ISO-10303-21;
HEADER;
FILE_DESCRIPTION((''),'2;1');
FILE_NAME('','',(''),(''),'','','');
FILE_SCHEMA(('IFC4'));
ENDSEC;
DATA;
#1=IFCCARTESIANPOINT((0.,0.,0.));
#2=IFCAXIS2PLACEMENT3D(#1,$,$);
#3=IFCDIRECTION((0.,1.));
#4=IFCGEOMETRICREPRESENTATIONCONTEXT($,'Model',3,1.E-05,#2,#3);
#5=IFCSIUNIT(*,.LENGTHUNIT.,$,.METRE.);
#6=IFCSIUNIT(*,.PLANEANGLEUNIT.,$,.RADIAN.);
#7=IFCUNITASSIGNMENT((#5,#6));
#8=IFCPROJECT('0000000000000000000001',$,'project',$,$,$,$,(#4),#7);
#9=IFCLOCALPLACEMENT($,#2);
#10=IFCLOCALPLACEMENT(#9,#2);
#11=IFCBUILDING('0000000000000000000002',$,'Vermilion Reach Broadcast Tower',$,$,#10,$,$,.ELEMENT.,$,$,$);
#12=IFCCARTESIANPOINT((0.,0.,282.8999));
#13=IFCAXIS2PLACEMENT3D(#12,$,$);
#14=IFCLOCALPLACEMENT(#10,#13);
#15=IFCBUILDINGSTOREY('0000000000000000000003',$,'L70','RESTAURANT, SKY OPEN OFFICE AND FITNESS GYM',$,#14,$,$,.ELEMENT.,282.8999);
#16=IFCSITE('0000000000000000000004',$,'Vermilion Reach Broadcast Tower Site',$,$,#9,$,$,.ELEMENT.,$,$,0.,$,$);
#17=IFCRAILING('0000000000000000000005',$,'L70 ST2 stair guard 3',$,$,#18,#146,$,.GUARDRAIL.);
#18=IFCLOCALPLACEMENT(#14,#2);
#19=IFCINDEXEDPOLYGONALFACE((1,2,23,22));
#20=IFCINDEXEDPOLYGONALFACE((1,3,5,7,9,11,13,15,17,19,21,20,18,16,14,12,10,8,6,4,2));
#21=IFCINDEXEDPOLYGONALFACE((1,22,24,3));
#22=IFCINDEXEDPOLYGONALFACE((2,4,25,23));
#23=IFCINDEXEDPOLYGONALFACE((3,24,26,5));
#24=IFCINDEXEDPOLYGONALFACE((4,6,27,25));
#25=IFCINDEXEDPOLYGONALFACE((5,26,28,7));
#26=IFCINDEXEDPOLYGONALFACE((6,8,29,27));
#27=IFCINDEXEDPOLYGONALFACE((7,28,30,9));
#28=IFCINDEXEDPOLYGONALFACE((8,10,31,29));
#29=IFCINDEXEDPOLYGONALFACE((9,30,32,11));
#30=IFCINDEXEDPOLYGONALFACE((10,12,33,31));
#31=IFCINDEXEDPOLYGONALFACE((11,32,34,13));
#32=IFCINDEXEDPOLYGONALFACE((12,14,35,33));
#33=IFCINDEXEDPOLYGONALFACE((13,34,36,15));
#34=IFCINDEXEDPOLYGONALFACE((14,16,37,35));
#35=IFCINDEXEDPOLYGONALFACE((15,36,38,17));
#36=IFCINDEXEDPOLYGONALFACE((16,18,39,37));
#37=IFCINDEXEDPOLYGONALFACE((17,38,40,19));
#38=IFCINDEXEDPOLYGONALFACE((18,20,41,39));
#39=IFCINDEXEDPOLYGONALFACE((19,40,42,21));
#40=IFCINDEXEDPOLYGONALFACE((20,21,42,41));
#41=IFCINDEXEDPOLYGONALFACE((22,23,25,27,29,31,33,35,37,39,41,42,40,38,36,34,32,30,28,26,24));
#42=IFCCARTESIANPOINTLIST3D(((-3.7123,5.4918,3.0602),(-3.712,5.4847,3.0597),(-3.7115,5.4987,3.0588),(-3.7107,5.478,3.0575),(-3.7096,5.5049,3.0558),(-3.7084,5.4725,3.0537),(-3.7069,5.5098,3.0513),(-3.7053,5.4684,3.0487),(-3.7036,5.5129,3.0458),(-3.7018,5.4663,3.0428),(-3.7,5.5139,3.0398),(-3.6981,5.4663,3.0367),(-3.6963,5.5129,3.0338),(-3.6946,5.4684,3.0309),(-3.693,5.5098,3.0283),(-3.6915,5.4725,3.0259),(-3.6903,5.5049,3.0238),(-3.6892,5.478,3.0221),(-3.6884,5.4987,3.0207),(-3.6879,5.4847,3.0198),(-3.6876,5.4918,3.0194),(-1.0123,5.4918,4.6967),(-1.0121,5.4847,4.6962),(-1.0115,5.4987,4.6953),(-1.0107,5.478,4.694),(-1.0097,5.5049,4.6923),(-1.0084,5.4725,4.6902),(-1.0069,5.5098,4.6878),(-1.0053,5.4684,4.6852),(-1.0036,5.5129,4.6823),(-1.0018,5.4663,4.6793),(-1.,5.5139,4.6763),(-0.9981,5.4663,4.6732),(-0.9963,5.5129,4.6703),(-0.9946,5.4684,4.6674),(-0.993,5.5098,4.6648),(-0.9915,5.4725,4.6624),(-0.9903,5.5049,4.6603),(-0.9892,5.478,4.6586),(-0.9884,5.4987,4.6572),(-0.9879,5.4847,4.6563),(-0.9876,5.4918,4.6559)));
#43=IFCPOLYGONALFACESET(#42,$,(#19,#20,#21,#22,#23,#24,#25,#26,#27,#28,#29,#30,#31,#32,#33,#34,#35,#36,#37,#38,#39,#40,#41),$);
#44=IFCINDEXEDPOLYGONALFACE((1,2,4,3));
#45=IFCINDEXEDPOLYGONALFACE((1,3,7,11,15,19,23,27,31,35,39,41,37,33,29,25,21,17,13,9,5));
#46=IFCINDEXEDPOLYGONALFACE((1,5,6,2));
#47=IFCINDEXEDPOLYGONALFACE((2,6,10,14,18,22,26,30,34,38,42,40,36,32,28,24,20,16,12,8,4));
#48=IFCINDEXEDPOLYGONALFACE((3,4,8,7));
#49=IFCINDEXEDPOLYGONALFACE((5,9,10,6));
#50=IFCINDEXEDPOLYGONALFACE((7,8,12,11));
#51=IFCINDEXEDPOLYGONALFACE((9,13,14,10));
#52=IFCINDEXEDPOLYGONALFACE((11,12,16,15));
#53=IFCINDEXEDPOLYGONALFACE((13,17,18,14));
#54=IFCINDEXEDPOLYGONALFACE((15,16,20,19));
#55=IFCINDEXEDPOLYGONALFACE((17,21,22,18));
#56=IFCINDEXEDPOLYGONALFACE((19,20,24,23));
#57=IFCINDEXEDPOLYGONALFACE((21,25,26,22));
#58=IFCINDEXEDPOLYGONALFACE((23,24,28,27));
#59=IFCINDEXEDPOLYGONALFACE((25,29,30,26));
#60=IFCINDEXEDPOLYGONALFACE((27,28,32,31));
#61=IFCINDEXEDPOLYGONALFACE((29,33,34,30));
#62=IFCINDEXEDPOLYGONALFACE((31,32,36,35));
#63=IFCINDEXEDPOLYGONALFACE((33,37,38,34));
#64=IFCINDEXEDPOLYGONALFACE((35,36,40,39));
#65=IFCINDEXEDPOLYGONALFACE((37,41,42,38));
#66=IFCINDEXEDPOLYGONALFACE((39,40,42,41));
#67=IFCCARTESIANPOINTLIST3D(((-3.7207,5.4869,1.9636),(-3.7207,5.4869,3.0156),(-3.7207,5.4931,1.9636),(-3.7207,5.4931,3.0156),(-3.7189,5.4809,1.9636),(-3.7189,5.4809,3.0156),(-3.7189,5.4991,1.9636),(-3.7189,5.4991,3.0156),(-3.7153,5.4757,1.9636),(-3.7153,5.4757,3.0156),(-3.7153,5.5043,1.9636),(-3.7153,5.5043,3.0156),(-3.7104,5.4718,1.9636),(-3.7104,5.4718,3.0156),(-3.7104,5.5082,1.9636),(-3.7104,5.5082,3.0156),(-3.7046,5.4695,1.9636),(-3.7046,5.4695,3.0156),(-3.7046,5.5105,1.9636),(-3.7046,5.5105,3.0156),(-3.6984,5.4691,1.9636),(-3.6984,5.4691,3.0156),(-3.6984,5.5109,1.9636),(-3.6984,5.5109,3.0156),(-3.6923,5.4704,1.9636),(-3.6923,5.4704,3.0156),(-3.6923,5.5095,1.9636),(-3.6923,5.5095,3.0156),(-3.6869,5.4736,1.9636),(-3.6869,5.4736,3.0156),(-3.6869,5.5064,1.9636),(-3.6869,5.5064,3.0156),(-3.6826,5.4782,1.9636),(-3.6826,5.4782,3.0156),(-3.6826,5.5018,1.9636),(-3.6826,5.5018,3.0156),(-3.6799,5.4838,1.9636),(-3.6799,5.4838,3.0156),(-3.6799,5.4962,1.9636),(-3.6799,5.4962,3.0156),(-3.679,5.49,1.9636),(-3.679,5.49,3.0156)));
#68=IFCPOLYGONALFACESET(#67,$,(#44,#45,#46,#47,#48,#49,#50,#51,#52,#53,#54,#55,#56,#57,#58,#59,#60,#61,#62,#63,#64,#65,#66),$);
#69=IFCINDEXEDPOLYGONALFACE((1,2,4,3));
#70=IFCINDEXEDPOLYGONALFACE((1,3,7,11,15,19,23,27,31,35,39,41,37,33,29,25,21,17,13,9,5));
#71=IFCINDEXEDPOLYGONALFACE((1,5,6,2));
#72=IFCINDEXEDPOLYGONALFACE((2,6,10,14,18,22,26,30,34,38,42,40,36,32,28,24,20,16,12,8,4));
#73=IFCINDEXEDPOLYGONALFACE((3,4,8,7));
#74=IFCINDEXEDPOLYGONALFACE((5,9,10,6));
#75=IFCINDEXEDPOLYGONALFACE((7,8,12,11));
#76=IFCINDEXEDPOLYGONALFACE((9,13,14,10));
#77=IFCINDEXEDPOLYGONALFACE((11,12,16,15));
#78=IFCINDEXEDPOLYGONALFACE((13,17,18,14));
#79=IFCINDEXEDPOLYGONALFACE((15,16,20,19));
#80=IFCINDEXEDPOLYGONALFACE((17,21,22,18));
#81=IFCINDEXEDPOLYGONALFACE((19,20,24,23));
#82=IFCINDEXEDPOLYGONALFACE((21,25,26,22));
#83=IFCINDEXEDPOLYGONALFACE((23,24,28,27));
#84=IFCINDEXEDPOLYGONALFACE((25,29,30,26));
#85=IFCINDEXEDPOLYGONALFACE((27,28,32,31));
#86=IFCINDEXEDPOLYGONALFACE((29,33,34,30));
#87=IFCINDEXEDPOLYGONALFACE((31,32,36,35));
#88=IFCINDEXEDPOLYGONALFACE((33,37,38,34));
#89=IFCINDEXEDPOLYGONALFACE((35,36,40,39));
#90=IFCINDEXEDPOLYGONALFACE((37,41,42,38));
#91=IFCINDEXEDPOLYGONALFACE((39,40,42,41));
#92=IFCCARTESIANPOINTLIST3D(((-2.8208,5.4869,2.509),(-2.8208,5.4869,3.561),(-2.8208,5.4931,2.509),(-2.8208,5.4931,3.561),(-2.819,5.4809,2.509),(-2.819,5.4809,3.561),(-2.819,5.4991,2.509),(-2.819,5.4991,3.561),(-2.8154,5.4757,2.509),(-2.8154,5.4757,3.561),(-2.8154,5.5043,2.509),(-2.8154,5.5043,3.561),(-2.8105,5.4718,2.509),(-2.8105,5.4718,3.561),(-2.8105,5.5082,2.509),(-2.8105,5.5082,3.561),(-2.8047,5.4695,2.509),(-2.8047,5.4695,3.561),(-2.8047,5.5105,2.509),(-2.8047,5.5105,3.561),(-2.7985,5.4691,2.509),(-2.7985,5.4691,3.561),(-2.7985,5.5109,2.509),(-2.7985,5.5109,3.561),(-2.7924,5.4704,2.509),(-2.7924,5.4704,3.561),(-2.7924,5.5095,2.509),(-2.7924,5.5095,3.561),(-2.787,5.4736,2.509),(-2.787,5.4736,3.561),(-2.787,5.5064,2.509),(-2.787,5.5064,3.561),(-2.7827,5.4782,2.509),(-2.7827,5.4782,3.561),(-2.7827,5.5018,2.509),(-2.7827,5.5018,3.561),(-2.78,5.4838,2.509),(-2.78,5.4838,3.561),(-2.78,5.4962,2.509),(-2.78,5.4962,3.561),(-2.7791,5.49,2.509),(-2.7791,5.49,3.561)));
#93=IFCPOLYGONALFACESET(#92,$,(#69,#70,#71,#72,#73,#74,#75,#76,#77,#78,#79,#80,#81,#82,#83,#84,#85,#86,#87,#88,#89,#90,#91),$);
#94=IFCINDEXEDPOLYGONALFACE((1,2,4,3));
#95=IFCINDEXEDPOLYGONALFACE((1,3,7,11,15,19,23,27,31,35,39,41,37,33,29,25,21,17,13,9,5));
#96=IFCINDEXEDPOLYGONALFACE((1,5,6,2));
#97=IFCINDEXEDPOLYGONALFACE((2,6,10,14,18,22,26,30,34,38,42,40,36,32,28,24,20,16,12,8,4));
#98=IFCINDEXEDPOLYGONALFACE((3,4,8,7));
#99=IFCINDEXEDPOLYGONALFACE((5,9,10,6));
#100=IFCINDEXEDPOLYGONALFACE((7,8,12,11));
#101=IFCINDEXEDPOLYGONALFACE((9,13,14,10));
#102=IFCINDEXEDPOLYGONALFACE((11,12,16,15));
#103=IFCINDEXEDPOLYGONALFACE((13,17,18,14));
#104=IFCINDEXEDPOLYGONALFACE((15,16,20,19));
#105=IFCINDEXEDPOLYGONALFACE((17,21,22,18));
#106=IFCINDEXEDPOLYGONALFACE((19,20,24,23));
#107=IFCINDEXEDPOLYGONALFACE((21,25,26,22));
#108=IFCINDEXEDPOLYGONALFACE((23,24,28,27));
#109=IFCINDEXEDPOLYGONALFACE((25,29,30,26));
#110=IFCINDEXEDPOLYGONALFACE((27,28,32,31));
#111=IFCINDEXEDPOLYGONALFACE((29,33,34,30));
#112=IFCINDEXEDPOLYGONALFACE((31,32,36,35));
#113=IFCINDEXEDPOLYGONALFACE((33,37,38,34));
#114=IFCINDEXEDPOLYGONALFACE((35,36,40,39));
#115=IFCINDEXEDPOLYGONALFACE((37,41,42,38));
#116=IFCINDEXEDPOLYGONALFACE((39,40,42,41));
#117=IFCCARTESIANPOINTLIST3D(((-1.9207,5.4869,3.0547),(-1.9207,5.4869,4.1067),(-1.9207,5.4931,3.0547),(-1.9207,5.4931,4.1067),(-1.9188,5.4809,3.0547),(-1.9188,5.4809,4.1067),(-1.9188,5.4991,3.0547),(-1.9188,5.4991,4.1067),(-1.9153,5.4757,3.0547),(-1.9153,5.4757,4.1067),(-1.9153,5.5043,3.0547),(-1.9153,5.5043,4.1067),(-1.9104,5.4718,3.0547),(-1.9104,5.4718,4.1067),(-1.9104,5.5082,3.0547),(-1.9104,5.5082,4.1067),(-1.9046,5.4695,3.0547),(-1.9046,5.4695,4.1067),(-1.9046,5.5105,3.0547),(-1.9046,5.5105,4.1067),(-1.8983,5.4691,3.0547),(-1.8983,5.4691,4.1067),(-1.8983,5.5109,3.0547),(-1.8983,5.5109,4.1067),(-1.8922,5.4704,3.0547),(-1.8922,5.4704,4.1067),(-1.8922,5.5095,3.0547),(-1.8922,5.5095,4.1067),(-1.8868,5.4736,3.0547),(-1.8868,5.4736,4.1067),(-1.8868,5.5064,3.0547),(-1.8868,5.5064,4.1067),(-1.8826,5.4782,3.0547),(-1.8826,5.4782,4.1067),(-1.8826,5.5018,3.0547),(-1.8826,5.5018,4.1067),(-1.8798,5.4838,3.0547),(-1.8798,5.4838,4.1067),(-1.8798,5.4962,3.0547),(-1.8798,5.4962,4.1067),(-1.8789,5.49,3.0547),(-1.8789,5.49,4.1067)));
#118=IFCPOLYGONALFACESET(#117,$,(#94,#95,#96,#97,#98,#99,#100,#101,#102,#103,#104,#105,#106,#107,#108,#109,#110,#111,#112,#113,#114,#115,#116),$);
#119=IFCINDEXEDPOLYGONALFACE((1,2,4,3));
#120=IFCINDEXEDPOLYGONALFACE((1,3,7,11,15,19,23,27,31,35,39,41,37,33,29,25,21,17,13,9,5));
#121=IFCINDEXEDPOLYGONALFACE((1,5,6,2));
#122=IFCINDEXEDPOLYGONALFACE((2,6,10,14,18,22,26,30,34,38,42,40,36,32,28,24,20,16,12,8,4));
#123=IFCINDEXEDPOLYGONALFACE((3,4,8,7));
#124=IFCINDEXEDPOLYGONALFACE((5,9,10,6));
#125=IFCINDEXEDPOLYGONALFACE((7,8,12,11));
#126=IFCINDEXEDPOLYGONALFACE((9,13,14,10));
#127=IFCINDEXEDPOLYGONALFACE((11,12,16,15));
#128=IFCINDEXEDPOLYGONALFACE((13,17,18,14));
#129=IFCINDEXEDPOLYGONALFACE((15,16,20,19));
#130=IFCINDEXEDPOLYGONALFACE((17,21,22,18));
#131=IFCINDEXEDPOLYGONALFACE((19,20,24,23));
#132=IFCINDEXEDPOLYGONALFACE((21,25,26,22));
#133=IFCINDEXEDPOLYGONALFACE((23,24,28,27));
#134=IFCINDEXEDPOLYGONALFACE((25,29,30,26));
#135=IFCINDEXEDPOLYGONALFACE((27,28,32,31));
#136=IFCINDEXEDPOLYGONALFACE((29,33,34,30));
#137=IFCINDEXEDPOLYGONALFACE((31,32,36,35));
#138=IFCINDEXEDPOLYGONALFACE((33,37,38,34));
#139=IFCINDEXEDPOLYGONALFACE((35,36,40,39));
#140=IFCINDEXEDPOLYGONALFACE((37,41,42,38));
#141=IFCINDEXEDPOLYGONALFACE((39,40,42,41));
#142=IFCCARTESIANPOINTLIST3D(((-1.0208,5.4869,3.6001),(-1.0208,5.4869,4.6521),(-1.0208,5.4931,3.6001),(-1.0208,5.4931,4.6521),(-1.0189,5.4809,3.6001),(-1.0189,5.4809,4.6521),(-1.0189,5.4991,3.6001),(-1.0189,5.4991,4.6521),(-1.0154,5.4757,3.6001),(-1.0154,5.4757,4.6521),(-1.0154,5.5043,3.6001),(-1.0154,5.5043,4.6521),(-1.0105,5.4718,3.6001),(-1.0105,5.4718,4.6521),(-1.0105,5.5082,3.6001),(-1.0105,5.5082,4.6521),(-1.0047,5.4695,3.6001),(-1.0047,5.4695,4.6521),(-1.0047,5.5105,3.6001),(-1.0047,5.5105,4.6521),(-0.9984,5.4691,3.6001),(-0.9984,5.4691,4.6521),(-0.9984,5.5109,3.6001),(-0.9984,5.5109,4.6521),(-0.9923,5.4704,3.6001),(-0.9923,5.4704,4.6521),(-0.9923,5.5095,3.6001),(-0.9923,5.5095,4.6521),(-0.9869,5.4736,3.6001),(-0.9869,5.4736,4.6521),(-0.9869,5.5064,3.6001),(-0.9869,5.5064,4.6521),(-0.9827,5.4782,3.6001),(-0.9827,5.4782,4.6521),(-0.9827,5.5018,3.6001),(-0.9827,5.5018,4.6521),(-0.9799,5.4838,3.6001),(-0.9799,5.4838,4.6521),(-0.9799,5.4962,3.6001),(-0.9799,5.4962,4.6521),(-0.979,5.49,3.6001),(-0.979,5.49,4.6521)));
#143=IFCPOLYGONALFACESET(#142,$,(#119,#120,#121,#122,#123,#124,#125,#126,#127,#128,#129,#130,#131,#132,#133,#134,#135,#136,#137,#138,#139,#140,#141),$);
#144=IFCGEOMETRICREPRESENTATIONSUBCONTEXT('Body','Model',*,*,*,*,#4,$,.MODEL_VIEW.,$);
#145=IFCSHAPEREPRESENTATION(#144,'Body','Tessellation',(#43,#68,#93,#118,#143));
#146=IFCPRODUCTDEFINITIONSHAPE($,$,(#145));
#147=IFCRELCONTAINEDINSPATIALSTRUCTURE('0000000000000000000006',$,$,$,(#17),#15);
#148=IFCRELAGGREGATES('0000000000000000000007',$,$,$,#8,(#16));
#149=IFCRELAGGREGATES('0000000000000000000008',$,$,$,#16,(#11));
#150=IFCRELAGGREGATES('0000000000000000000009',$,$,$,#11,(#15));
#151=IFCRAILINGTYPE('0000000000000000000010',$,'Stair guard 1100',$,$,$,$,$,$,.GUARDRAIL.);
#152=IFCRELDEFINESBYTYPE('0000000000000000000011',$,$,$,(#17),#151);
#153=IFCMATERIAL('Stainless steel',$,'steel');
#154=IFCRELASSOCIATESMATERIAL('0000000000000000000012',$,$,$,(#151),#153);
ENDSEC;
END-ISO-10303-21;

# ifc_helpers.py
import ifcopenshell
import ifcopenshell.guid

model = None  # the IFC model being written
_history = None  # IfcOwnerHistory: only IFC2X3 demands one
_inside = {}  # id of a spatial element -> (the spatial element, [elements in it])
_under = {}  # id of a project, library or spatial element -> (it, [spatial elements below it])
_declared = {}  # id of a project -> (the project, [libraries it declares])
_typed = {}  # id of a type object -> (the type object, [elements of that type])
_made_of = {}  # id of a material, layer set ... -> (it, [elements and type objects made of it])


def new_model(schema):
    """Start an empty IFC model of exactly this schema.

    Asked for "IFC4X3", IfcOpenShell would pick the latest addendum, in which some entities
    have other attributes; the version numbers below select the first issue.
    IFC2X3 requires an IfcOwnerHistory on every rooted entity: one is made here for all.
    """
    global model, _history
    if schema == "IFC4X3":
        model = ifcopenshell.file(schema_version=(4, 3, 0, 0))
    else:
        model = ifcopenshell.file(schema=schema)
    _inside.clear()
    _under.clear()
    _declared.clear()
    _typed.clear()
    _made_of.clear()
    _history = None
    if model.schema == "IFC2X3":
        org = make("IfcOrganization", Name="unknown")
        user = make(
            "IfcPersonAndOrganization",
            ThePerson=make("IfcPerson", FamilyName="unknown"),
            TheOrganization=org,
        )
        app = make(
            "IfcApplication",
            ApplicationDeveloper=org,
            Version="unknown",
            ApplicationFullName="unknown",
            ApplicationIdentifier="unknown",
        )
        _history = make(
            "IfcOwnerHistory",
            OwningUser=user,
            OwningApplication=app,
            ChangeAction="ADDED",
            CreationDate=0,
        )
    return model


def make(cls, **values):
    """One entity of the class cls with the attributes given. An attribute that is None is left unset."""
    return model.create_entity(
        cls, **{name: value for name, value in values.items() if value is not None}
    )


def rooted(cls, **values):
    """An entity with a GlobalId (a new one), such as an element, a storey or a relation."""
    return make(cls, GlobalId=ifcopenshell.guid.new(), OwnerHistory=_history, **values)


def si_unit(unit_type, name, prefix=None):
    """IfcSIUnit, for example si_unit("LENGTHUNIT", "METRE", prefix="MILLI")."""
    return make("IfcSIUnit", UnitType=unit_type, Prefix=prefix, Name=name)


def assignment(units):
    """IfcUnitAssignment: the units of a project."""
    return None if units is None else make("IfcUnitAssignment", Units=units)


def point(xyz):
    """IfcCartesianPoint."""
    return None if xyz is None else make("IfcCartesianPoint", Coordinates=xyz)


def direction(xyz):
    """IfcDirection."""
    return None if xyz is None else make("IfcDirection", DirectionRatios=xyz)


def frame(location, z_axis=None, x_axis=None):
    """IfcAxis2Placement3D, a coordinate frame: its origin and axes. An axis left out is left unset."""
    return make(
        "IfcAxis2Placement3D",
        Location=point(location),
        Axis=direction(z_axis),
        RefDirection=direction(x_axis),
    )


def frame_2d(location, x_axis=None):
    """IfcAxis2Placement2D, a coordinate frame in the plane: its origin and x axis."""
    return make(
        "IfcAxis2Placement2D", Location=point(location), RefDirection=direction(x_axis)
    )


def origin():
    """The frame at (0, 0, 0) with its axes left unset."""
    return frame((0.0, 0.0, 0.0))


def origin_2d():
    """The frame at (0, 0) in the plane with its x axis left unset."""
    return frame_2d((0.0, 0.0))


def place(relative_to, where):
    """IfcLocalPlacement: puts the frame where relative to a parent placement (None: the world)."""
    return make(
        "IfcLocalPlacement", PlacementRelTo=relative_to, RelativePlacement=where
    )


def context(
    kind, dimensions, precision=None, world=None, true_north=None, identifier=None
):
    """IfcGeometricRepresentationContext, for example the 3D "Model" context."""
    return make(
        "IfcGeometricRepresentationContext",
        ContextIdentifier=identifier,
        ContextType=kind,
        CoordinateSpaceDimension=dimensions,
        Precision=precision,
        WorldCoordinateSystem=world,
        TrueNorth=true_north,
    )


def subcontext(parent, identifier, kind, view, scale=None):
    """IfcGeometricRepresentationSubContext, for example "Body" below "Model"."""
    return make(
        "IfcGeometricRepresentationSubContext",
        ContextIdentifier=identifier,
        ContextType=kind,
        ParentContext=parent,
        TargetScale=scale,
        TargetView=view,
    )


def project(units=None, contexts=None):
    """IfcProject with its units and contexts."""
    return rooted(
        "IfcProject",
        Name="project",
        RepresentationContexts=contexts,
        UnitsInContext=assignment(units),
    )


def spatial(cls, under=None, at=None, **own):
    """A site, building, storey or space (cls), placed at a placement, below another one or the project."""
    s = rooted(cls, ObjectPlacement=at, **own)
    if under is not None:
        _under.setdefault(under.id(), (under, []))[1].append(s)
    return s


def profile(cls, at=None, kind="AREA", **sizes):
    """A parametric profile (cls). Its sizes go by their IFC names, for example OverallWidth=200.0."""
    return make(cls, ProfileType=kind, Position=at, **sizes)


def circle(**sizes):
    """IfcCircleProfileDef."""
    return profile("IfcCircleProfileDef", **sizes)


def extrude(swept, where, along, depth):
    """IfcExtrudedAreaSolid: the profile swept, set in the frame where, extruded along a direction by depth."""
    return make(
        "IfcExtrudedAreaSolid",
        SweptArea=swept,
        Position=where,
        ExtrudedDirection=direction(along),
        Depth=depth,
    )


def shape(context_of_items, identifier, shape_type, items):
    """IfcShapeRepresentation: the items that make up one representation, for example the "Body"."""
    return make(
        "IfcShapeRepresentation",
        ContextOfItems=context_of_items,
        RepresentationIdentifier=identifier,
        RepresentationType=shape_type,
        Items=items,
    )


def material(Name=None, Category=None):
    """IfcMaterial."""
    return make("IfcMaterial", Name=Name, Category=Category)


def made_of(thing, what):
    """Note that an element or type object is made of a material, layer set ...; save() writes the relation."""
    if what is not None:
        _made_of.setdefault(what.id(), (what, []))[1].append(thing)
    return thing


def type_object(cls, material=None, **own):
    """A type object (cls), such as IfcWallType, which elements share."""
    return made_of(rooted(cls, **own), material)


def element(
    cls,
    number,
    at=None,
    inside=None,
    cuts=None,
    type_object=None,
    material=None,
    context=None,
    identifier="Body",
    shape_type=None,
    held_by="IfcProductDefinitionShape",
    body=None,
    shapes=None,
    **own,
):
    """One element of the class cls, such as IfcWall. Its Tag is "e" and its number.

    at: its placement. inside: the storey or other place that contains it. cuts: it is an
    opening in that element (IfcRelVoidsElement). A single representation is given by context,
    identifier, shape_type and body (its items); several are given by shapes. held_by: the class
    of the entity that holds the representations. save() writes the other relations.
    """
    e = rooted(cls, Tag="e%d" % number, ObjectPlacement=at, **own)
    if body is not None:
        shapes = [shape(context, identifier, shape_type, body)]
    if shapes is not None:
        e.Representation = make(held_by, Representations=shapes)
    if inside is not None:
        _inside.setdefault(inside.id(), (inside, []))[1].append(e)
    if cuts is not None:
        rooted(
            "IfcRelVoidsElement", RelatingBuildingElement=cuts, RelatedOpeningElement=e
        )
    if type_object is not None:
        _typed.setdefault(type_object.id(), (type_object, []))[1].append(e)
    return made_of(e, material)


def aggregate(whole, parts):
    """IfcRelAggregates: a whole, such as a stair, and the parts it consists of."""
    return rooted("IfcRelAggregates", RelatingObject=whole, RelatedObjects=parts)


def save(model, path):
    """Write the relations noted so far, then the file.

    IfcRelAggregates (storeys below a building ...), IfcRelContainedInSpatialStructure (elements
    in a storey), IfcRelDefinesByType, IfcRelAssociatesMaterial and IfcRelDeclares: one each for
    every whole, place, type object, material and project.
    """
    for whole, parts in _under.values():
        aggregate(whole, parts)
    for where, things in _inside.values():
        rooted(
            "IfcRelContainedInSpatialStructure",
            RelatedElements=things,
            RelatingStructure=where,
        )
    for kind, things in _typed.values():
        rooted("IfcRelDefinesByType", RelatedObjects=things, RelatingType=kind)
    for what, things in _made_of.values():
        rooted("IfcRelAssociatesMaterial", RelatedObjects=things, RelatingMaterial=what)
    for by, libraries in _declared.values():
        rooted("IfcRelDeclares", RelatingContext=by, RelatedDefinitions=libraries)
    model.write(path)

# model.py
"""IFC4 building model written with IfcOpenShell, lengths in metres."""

from ifc_helpers import new_model, si_unit, direction, frame, origin, origin_2d, place, context, subcontext, project, spatial, circle, extrude, material, type_object, element, save


model = new_model("IFC4")

# Units and contexts
model_context = context("Model", 3, precision=1e-05, world=origin(), true_north=direction((0.0, 1.0)))
body_context = subcontext(model_context, "Body", "Model", "MODEL_VIEW")
ifc_project = project(units=[si_unit("LENGTHUNIT", "METRE"), si_unit("PLANEANGLEUNIT", "RADIAN")], contexts=[model_context])

# Site, building, storey
site_placement = place(None, origin())
site = spatial("IfcSite", under=ifc_project, at=site_placement, Name="Vermilion Reach Broadcast Tower Site", CompositionType="ELEMENT", RefElevation=0.0)
building_placement = place(site_placement, origin())
building = spatial("IfcBuilding", under=site, at=building_placement, Name="Vermilion Reach Broadcast Tower", CompositionType="ELEMENT")
storey_placement = place(building_placement, frame((0.0, 0.0, 282.8999)))
storey = spatial("IfcBuildingStorey", under=building, at=storey_placement, Name="L70", Description="RESTAURANT, SKY OPEN OFFICE AND FITNESS GYM", CompositionType="ELEMENT", Elevation=282.8999)

# Railing
ifc_material_1 = material(Name="Stainless steel", Category="steel")
railing_type_1 = type_object("IfcRailingType", Name="Stair guard 1100", PredefinedType="GUARDRAIL", material=ifc_material_1)
railing_1_placement = place(storey_placement, frame((-3.7, 5.49, 1.9636)))
element("IfcRailing", 1, at=railing_1_placement, inside=storey, type_object=railing_type_1, Name="L70 ST2 stair guard 3", PredefinedType="GUARDRAIL", context=body_context, shape_type="SweptSolid", body=[
    extrude(circle(Radius=0.0239, at=origin_2d()), frame((0.0, 0.0, 1.0762), z_axis=(0.855178, 0.0, 0.518334), x_axis=(0.0, 1.0, 0.0)), (0.0, 0.0, 1.0), 3.1572),
    extrude(circle(Radius=0.021, at=origin_2d()), origin(), (0.0, 0.0, 1.0), 1.052),
    extrude(circle(Radius=0.021, at=origin_2d()), frame((0.8999, 0.0, 0.5454)), (0.0, 0.0, 1.0), 1.052),
    extrude(circle(Radius=0.021, at=origin_2d()), frame((1.8, 0.0, 1.0911)), (0.0, 0.0, 1.0), 1.052),
    extrude(circle(Radius=0.021, at=origin_2d()), frame((2.7, 0.0, 1.6365)), (0.0, 0.0, 1.0), 1.052),
])

save(model, "model.ifc")
